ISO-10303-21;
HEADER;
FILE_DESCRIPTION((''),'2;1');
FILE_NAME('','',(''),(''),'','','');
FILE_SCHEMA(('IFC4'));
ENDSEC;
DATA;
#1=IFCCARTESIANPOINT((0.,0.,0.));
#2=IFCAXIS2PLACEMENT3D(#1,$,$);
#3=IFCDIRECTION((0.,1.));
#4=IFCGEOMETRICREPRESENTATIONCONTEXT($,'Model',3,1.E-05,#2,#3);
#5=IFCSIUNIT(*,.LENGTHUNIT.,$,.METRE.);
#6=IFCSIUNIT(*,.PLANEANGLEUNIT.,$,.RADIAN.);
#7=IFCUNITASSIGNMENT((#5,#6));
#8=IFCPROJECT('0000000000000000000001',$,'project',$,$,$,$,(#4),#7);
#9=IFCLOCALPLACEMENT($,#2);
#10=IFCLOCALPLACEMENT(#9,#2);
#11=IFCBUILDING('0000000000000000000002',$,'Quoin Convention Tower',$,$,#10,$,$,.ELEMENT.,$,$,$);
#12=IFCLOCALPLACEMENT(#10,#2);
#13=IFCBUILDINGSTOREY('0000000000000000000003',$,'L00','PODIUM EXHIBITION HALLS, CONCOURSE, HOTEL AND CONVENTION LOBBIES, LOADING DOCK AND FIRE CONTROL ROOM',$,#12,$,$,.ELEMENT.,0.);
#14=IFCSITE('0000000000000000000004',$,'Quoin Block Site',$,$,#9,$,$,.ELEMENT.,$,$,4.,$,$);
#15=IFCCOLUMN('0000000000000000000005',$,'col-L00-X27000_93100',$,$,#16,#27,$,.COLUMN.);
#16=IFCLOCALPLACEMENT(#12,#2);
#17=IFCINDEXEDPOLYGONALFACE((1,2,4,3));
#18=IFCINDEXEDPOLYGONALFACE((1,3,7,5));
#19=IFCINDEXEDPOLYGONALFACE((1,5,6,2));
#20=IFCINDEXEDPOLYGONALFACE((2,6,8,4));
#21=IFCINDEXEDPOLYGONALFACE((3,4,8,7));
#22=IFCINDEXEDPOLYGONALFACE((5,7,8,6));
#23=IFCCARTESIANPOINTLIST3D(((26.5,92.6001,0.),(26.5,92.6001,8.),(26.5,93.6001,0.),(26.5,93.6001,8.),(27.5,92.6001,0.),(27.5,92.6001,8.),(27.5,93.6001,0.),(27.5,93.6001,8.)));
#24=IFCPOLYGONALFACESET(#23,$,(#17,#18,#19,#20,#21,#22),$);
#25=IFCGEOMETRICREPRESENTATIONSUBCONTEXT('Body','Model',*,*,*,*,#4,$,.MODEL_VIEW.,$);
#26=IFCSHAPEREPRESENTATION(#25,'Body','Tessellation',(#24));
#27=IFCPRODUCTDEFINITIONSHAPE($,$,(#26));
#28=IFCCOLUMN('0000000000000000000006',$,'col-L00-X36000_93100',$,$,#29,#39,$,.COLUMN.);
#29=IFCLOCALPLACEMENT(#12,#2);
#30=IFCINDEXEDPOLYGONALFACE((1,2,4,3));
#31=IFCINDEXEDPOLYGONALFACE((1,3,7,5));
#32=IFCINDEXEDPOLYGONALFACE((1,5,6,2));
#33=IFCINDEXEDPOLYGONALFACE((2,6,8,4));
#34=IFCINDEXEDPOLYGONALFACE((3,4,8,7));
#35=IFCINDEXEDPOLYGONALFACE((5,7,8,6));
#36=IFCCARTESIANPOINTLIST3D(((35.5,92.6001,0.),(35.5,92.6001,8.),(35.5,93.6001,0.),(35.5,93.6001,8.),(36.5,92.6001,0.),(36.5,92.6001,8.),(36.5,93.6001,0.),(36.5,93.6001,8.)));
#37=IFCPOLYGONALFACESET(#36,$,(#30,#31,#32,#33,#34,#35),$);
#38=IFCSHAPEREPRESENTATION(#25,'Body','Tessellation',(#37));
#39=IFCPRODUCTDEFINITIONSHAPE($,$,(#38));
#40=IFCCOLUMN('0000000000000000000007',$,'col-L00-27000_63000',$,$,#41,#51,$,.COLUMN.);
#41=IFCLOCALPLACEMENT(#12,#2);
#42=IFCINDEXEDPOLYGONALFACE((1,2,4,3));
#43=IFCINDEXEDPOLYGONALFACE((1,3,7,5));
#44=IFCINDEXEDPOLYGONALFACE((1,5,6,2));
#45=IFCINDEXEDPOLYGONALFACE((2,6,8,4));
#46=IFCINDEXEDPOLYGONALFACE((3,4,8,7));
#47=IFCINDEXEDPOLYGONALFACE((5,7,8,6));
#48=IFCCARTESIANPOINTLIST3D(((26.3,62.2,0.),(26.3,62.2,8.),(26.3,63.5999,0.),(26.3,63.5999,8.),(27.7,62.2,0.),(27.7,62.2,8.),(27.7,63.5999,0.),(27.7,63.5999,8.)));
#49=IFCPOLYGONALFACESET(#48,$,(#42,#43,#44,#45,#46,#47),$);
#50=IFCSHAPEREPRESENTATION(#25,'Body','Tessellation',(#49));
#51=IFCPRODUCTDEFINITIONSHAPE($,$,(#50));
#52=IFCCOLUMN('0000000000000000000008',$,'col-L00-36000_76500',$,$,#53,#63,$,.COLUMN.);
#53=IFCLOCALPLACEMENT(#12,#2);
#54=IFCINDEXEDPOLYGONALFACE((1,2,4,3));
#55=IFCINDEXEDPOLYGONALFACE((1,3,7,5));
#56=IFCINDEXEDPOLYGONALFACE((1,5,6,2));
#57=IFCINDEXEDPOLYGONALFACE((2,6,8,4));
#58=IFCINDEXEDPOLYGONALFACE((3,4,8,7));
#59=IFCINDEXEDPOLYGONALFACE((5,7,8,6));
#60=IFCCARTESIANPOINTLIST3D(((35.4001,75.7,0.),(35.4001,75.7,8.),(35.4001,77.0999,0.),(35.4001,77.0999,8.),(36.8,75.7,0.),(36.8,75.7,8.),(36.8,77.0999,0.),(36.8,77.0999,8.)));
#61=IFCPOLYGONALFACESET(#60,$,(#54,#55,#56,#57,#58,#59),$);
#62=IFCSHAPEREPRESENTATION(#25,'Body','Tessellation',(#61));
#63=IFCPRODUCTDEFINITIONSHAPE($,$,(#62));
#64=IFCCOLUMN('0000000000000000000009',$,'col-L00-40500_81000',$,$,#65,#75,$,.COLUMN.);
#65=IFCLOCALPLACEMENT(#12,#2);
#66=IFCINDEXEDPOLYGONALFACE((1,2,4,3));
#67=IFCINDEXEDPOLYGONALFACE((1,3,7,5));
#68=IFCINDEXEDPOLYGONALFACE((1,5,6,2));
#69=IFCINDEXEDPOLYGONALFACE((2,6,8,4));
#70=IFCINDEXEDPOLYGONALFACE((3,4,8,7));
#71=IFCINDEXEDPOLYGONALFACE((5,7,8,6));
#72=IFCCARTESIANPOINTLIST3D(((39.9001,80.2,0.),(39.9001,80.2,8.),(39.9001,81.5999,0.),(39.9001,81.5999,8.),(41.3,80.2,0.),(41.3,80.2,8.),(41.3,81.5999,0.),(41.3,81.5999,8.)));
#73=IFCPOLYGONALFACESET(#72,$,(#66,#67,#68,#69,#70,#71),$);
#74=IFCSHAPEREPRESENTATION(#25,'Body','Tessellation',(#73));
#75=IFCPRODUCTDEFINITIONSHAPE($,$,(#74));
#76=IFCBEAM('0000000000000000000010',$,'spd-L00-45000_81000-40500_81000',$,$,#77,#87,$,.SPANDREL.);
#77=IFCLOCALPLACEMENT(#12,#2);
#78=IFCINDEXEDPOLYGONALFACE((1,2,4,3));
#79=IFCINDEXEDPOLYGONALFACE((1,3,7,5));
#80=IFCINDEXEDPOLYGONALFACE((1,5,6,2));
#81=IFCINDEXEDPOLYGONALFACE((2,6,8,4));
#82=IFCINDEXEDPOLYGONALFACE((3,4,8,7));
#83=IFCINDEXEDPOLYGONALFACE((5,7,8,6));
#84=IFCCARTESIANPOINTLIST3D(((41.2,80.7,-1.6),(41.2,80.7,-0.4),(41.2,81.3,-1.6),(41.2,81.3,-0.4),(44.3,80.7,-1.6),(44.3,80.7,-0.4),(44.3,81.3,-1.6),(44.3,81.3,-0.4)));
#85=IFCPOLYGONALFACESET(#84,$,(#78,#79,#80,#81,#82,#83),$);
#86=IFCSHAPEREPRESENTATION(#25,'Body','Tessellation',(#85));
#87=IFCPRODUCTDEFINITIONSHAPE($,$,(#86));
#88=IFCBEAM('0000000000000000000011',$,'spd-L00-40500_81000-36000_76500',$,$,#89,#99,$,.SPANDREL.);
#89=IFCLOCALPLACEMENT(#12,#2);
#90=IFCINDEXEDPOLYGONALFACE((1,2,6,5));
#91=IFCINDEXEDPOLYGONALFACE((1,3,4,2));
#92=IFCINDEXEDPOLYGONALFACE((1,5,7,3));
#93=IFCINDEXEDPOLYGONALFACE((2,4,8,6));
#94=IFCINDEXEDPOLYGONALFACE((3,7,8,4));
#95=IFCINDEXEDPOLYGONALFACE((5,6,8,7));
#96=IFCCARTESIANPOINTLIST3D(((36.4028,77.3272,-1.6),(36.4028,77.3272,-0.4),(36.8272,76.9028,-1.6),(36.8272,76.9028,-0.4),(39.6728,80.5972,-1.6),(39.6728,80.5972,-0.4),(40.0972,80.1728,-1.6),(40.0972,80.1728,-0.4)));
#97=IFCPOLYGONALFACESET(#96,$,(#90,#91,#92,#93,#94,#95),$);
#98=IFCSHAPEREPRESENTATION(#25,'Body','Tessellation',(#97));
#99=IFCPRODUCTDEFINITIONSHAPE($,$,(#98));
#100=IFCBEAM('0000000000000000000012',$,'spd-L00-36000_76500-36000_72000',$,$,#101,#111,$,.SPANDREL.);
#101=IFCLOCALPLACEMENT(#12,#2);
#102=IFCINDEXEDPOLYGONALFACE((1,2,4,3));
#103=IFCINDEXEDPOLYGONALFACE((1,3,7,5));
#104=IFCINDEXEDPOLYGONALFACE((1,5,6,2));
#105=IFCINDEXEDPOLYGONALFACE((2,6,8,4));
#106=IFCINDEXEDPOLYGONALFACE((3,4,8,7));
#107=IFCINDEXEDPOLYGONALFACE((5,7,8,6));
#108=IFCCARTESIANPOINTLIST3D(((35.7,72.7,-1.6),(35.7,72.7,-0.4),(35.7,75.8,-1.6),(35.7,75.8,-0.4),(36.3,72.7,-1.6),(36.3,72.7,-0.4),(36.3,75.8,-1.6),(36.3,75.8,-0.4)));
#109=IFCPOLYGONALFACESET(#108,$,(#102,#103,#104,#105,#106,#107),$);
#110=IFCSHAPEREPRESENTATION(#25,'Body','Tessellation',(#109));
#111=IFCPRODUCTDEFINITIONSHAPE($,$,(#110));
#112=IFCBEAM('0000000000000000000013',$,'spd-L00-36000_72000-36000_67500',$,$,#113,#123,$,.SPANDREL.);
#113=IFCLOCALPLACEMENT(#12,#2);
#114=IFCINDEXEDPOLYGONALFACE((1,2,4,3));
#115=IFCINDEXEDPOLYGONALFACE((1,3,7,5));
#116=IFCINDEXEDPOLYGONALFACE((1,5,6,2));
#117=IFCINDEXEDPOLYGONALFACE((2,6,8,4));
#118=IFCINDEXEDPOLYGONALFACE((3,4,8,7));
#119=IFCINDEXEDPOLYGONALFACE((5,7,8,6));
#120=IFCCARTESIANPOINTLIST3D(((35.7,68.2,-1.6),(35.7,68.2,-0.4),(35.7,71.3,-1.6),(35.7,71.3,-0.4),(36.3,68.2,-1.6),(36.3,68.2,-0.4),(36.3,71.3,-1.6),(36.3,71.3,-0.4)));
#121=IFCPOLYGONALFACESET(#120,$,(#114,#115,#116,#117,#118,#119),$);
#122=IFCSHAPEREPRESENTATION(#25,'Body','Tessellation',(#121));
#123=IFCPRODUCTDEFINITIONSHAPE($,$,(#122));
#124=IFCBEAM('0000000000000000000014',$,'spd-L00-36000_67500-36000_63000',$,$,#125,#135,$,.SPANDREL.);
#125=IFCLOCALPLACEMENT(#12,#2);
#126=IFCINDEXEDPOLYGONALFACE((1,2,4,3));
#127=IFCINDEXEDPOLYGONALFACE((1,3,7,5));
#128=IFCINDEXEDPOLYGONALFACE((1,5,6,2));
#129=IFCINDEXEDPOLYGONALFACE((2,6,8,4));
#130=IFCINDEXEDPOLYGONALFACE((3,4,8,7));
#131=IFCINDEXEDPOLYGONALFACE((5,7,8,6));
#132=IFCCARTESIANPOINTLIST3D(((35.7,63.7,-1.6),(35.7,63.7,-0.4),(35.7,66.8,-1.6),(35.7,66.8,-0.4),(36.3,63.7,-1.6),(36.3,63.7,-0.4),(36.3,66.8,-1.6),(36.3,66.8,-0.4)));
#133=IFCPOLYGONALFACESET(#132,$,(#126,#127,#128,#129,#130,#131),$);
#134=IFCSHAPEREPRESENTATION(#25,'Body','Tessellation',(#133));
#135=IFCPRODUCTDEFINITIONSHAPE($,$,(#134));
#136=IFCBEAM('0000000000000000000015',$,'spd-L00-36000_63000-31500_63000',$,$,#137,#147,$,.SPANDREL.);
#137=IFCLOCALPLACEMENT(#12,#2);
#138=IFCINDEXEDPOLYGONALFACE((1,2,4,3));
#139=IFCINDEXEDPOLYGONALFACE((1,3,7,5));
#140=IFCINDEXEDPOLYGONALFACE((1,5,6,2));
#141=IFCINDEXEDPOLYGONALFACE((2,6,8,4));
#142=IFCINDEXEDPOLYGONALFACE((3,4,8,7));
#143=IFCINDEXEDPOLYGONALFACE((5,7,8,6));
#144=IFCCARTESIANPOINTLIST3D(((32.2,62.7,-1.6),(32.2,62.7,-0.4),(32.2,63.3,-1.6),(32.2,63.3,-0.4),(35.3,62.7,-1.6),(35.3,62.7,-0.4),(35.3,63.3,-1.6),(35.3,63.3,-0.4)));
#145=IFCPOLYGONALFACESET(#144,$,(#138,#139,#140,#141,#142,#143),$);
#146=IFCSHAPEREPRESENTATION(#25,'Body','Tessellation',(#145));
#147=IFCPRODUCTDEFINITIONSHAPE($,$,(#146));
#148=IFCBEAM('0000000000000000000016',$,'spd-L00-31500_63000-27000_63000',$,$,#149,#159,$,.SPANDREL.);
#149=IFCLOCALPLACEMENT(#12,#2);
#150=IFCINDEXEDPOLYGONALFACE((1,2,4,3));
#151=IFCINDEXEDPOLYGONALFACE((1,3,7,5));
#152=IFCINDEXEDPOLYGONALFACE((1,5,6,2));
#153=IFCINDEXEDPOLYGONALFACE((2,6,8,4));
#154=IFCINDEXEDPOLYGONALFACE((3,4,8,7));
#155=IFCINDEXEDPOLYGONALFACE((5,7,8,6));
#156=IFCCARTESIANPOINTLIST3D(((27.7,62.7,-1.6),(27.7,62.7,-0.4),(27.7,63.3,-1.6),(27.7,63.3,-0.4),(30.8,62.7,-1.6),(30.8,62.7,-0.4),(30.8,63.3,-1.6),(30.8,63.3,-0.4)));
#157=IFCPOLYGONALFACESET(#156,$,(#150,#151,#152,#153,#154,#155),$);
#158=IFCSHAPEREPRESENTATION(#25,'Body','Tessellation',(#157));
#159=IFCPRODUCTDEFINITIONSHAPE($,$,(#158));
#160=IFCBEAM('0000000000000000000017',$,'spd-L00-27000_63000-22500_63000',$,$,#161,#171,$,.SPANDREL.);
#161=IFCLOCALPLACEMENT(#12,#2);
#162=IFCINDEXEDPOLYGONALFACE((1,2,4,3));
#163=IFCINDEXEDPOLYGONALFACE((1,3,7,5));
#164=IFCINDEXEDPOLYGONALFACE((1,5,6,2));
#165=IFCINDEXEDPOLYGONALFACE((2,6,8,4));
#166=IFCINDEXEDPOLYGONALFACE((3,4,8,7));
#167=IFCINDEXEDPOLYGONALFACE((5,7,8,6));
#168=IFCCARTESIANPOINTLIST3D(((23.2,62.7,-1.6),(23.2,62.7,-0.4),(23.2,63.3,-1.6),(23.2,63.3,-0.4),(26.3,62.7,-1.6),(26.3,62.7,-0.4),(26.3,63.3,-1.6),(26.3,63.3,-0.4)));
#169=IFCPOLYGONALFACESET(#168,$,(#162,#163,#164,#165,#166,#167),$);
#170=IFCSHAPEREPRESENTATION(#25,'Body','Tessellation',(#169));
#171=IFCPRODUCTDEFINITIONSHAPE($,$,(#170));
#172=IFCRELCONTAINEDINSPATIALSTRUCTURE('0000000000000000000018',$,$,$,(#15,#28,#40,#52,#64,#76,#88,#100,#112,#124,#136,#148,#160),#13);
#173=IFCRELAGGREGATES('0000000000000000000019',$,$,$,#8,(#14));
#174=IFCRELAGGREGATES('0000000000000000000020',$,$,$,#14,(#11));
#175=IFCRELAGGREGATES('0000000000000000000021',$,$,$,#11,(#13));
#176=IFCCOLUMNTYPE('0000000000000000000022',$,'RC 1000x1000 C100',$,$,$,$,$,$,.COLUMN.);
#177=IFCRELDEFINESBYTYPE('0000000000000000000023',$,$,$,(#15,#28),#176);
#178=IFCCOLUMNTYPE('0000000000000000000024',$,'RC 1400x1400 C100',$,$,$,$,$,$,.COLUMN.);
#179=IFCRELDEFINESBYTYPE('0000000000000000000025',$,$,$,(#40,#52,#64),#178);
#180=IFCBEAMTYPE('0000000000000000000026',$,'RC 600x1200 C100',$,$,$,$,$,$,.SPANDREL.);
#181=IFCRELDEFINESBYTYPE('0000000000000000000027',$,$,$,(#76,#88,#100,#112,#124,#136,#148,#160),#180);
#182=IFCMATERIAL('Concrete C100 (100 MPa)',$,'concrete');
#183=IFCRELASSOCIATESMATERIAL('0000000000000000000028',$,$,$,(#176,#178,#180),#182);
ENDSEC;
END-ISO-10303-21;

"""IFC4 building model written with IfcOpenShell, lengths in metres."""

from ifc_helpers import new_model, si_unit, direction, frame, origin, origin_2d, place, context, subcontext, project, spatial, rectangle, extrude, material, material_profile, profile_set, type_object, element, save


model = new_model("IFC4")

# Units and contexts
model_context = context("Model", 3, precision=1e-05, world=origin(), true_north=direction((0.0, 1.0)))
body_context = subcontext(model_context, "Body", "Model", "MODEL_VIEW")
ifc_project = project(units=[si_unit("LENGTHUNIT", "METRE"), si_unit("PLANEANGLEUNIT", "RADIAN")], contexts=[model_context])

# Site, building, storey
site_placement = place(None, origin())
site = spatial("IfcSite", under=ifc_project, at=site_placement, Name="Quoin Block Site", CompositionType="ELEMENT", RefElevation=4.0)
building_placement = place(site_placement, origin())
building = spatial("IfcBuilding", under=site, at=building_placement, Name="Quoin Convention Tower", CompositionType="ELEMENT")
storey_placement = place(building_placement, origin())
storey = spatial("IfcBuildingStorey", under=building, at=storey_placement, Name="L00", Description="PODIUM EXHIBITION HALLS, CONCOURSE, HOTEL AND CONVENTION LOBBIES, LOADING DOCK AND FIRE CONTROL ROOM", CompositionType="ELEMENT", Elevation=0.0)

# Columns
ifc_material_1 = material(Name="Concrete C100 (100 MPa)", Category="concrete")
ifc_material_profile_1 = material_profile(ifc_material_1, rectangle(XDim=1.0, YDim=1.0, at=origin_2d()), Name="RC 1000x1000")
ifc_profile_set_1 = profile_set([ifc_material_profile_1], Name="Concrete C100 (100 MPa)")
column_type_1 = type_object("IfcColumnType", Name="RC 1000x1000 C100", PredefinedType="COLUMN", material=ifc_profile_set_1)
for number, where, z_axis, x_axis, name in (
    (1, (27.0, 93.1001, 0.0), (0.0, 0.0, 1.0), (1.0, 0.0, 0.0), "col-L00-X27000_93100"),
    (2, (36.0, 93.1001, 0.0), (0.0, 0.0, 1.0), (1.0, 0.0, 0.0), "col-L00-X36000_93100"),
):
    element("IfcColumn", number, at=place(storey_placement, frame(where, z_axis=z_axis, x_axis=x_axis)), inside=storey, type_object=column_type_1, Name=name, PredefinedType="COLUMN", context=body_context, shape_type="SweptSolid", body=[
        extrude(rectangle(XDim=1.0, YDim=1.0, at=origin_2d()), origin(), (0.0, 0.0, 1.0), 8.0),
    ])
ifc_material_profile_2 = material_profile(ifc_material_1, rectangle(XDim=1.3999, YDim=1.3999, at=origin_2d()), Name="RC 1400x1400")
ifc_profile_set_2 = profile_set([ifc_material_profile_2], Name="Concrete C100 (100 MPa)")
column_type_2 = type_object("IfcColumnType", Name="RC 1400x1400 C100", PredefinedType="COLUMN", material=ifc_profile_set_2)
for number, where, z_axis, x_axis, name in (
    (3, (27.0, 62.8999, 0.0), (0.0, 0.0, 1.0), (1.0, 0.0, 0.0), "col-L00-27000_63000"),
    (4, (36.1001, 76.3999, 0.0), (0.0, 0.0, 1.0), (1.0, 0.0, 0.0), "col-L00-36000_76500"),
    (5, (40.6001, 80.8999, 0.0), (0.0, 0.0, 1.0), (1.0, 0.0, 0.0), "col-L00-40500_81000"),
):
    element("IfcColumn", number, at=place(storey_placement, frame(where, z_axis=z_axis, x_axis=x_axis)), inside=storey, type_object=column_type_2, Name=name, PredefinedType="COLUMN", context=body_context, shape_type="SweptSolid", body=[
        extrude(rectangle(XDim=1.3999, YDim=1.3999, at=origin_2d()), origin(), (0.0, 0.0, 1.0), 8.0),
    ])

# Beams
ifc_material_profile_3 = material_profile(ifc_material_1, rectangle(XDim=0.6001, YDim=1.2, at=origin_2d()), Name="RC 600x1200")
ifc_profile_set_3 = profile_set([ifc_material_profile_3], Name="Concrete C100 (100 MPa)")
beam_type = type_object("IfcBeamType", Name="RC 600x1200 C100", PredefinedType="SPANDREL", material=ifc_profile_set_3)
beam_1_placement = place(storey_placement, frame((44.3, 81.0, -1.0), z_axis=(-1.0, 0.0, 0.0), x_axis=(0.0, -1.0, 0.0)))
element("IfcBeam", 6, at=beam_1_placement, inside=storey, type_object=beam_type, Name="spd-L00-45000_81000-40500_81000", PredefinedType="SPANDREL", context=body_context, shape_type="SweptSolid", body=[
    extrude(rectangle(XDim=0.6001, YDim=1.2, at=origin_2d()), origin(), (0.0, 0.0, 1.0), 3.1001),
])
beam_2_placement = place(storey_placement, frame((39.885, 80.385, -1.0), z_axis=(-0.707107, -0.707107, 0.0), x_axis=(0.707107, -0.707107, 0.0)))
element("IfcBeam", 7, at=beam_2_placement, inside=storey, type_object=beam_type, Name="spd-L00-40500_81000-36000_76500", PredefinedType="SPANDREL", context=body_context, shape_type="SweptSolid", body=[
    extrude(rectangle(XDim=0.6001, YDim=1.2, at=origin_2d()), origin(), (0.0, 0.0, 1.0), 4.6245),
])
for number, where, z_axis, x_axis, name in (
    (8, (36.0, 75.8, -1.0), (0.0, -1.0, 0.0), (1.0, 0.0, 0.0), "spd-L00-36000_76500-36000_72000"),
    (9, (36.0, 71.3, -1.0), (0.0, -1.0, 0.0), (1.0, 0.0, 0.0), "spd-L00-36000_72000-36000_67500"),
    (10, (36.0, 66.8, -1.0), (0.0, -1.0, 0.0), (1.0, 0.0, 0.0), "spd-L00-36000_67500-36000_63000"),
    (11, (35.3, 63.0, -1.0), (-1.0, 0.0, 0.0), (0.0, -1.0, 0.0), "spd-L00-36000_63000-31500_63000"),
    (12, (30.8, 63.0, -1.0), (-1.0, 0.0, 0.0), (0.0, -1.0, 0.0), "spd-L00-31500_63000-27000_63000"),
    (13, (26.3, 63.0, -1.0), (-1.0, 0.0, 0.0), (0.0, -1.0, 0.0), "spd-L00-27000_63000-22500_63000"),
):
    element("IfcBeam", number, at=place(storey_placement, frame(where, z_axis=z_axis, x_axis=x_axis)), inside=storey, type_object=beam_type, Name=name, PredefinedType="SPANDREL", context=body_context, shape_type="SweptSolid", body=[
        extrude(rectangle(XDim=0.6001, YDim=1.2, at=origin_2d()), origin(), (0.0, 0.0, 1.0), 3.1001),
    ])

save(model, "model.ifc")
